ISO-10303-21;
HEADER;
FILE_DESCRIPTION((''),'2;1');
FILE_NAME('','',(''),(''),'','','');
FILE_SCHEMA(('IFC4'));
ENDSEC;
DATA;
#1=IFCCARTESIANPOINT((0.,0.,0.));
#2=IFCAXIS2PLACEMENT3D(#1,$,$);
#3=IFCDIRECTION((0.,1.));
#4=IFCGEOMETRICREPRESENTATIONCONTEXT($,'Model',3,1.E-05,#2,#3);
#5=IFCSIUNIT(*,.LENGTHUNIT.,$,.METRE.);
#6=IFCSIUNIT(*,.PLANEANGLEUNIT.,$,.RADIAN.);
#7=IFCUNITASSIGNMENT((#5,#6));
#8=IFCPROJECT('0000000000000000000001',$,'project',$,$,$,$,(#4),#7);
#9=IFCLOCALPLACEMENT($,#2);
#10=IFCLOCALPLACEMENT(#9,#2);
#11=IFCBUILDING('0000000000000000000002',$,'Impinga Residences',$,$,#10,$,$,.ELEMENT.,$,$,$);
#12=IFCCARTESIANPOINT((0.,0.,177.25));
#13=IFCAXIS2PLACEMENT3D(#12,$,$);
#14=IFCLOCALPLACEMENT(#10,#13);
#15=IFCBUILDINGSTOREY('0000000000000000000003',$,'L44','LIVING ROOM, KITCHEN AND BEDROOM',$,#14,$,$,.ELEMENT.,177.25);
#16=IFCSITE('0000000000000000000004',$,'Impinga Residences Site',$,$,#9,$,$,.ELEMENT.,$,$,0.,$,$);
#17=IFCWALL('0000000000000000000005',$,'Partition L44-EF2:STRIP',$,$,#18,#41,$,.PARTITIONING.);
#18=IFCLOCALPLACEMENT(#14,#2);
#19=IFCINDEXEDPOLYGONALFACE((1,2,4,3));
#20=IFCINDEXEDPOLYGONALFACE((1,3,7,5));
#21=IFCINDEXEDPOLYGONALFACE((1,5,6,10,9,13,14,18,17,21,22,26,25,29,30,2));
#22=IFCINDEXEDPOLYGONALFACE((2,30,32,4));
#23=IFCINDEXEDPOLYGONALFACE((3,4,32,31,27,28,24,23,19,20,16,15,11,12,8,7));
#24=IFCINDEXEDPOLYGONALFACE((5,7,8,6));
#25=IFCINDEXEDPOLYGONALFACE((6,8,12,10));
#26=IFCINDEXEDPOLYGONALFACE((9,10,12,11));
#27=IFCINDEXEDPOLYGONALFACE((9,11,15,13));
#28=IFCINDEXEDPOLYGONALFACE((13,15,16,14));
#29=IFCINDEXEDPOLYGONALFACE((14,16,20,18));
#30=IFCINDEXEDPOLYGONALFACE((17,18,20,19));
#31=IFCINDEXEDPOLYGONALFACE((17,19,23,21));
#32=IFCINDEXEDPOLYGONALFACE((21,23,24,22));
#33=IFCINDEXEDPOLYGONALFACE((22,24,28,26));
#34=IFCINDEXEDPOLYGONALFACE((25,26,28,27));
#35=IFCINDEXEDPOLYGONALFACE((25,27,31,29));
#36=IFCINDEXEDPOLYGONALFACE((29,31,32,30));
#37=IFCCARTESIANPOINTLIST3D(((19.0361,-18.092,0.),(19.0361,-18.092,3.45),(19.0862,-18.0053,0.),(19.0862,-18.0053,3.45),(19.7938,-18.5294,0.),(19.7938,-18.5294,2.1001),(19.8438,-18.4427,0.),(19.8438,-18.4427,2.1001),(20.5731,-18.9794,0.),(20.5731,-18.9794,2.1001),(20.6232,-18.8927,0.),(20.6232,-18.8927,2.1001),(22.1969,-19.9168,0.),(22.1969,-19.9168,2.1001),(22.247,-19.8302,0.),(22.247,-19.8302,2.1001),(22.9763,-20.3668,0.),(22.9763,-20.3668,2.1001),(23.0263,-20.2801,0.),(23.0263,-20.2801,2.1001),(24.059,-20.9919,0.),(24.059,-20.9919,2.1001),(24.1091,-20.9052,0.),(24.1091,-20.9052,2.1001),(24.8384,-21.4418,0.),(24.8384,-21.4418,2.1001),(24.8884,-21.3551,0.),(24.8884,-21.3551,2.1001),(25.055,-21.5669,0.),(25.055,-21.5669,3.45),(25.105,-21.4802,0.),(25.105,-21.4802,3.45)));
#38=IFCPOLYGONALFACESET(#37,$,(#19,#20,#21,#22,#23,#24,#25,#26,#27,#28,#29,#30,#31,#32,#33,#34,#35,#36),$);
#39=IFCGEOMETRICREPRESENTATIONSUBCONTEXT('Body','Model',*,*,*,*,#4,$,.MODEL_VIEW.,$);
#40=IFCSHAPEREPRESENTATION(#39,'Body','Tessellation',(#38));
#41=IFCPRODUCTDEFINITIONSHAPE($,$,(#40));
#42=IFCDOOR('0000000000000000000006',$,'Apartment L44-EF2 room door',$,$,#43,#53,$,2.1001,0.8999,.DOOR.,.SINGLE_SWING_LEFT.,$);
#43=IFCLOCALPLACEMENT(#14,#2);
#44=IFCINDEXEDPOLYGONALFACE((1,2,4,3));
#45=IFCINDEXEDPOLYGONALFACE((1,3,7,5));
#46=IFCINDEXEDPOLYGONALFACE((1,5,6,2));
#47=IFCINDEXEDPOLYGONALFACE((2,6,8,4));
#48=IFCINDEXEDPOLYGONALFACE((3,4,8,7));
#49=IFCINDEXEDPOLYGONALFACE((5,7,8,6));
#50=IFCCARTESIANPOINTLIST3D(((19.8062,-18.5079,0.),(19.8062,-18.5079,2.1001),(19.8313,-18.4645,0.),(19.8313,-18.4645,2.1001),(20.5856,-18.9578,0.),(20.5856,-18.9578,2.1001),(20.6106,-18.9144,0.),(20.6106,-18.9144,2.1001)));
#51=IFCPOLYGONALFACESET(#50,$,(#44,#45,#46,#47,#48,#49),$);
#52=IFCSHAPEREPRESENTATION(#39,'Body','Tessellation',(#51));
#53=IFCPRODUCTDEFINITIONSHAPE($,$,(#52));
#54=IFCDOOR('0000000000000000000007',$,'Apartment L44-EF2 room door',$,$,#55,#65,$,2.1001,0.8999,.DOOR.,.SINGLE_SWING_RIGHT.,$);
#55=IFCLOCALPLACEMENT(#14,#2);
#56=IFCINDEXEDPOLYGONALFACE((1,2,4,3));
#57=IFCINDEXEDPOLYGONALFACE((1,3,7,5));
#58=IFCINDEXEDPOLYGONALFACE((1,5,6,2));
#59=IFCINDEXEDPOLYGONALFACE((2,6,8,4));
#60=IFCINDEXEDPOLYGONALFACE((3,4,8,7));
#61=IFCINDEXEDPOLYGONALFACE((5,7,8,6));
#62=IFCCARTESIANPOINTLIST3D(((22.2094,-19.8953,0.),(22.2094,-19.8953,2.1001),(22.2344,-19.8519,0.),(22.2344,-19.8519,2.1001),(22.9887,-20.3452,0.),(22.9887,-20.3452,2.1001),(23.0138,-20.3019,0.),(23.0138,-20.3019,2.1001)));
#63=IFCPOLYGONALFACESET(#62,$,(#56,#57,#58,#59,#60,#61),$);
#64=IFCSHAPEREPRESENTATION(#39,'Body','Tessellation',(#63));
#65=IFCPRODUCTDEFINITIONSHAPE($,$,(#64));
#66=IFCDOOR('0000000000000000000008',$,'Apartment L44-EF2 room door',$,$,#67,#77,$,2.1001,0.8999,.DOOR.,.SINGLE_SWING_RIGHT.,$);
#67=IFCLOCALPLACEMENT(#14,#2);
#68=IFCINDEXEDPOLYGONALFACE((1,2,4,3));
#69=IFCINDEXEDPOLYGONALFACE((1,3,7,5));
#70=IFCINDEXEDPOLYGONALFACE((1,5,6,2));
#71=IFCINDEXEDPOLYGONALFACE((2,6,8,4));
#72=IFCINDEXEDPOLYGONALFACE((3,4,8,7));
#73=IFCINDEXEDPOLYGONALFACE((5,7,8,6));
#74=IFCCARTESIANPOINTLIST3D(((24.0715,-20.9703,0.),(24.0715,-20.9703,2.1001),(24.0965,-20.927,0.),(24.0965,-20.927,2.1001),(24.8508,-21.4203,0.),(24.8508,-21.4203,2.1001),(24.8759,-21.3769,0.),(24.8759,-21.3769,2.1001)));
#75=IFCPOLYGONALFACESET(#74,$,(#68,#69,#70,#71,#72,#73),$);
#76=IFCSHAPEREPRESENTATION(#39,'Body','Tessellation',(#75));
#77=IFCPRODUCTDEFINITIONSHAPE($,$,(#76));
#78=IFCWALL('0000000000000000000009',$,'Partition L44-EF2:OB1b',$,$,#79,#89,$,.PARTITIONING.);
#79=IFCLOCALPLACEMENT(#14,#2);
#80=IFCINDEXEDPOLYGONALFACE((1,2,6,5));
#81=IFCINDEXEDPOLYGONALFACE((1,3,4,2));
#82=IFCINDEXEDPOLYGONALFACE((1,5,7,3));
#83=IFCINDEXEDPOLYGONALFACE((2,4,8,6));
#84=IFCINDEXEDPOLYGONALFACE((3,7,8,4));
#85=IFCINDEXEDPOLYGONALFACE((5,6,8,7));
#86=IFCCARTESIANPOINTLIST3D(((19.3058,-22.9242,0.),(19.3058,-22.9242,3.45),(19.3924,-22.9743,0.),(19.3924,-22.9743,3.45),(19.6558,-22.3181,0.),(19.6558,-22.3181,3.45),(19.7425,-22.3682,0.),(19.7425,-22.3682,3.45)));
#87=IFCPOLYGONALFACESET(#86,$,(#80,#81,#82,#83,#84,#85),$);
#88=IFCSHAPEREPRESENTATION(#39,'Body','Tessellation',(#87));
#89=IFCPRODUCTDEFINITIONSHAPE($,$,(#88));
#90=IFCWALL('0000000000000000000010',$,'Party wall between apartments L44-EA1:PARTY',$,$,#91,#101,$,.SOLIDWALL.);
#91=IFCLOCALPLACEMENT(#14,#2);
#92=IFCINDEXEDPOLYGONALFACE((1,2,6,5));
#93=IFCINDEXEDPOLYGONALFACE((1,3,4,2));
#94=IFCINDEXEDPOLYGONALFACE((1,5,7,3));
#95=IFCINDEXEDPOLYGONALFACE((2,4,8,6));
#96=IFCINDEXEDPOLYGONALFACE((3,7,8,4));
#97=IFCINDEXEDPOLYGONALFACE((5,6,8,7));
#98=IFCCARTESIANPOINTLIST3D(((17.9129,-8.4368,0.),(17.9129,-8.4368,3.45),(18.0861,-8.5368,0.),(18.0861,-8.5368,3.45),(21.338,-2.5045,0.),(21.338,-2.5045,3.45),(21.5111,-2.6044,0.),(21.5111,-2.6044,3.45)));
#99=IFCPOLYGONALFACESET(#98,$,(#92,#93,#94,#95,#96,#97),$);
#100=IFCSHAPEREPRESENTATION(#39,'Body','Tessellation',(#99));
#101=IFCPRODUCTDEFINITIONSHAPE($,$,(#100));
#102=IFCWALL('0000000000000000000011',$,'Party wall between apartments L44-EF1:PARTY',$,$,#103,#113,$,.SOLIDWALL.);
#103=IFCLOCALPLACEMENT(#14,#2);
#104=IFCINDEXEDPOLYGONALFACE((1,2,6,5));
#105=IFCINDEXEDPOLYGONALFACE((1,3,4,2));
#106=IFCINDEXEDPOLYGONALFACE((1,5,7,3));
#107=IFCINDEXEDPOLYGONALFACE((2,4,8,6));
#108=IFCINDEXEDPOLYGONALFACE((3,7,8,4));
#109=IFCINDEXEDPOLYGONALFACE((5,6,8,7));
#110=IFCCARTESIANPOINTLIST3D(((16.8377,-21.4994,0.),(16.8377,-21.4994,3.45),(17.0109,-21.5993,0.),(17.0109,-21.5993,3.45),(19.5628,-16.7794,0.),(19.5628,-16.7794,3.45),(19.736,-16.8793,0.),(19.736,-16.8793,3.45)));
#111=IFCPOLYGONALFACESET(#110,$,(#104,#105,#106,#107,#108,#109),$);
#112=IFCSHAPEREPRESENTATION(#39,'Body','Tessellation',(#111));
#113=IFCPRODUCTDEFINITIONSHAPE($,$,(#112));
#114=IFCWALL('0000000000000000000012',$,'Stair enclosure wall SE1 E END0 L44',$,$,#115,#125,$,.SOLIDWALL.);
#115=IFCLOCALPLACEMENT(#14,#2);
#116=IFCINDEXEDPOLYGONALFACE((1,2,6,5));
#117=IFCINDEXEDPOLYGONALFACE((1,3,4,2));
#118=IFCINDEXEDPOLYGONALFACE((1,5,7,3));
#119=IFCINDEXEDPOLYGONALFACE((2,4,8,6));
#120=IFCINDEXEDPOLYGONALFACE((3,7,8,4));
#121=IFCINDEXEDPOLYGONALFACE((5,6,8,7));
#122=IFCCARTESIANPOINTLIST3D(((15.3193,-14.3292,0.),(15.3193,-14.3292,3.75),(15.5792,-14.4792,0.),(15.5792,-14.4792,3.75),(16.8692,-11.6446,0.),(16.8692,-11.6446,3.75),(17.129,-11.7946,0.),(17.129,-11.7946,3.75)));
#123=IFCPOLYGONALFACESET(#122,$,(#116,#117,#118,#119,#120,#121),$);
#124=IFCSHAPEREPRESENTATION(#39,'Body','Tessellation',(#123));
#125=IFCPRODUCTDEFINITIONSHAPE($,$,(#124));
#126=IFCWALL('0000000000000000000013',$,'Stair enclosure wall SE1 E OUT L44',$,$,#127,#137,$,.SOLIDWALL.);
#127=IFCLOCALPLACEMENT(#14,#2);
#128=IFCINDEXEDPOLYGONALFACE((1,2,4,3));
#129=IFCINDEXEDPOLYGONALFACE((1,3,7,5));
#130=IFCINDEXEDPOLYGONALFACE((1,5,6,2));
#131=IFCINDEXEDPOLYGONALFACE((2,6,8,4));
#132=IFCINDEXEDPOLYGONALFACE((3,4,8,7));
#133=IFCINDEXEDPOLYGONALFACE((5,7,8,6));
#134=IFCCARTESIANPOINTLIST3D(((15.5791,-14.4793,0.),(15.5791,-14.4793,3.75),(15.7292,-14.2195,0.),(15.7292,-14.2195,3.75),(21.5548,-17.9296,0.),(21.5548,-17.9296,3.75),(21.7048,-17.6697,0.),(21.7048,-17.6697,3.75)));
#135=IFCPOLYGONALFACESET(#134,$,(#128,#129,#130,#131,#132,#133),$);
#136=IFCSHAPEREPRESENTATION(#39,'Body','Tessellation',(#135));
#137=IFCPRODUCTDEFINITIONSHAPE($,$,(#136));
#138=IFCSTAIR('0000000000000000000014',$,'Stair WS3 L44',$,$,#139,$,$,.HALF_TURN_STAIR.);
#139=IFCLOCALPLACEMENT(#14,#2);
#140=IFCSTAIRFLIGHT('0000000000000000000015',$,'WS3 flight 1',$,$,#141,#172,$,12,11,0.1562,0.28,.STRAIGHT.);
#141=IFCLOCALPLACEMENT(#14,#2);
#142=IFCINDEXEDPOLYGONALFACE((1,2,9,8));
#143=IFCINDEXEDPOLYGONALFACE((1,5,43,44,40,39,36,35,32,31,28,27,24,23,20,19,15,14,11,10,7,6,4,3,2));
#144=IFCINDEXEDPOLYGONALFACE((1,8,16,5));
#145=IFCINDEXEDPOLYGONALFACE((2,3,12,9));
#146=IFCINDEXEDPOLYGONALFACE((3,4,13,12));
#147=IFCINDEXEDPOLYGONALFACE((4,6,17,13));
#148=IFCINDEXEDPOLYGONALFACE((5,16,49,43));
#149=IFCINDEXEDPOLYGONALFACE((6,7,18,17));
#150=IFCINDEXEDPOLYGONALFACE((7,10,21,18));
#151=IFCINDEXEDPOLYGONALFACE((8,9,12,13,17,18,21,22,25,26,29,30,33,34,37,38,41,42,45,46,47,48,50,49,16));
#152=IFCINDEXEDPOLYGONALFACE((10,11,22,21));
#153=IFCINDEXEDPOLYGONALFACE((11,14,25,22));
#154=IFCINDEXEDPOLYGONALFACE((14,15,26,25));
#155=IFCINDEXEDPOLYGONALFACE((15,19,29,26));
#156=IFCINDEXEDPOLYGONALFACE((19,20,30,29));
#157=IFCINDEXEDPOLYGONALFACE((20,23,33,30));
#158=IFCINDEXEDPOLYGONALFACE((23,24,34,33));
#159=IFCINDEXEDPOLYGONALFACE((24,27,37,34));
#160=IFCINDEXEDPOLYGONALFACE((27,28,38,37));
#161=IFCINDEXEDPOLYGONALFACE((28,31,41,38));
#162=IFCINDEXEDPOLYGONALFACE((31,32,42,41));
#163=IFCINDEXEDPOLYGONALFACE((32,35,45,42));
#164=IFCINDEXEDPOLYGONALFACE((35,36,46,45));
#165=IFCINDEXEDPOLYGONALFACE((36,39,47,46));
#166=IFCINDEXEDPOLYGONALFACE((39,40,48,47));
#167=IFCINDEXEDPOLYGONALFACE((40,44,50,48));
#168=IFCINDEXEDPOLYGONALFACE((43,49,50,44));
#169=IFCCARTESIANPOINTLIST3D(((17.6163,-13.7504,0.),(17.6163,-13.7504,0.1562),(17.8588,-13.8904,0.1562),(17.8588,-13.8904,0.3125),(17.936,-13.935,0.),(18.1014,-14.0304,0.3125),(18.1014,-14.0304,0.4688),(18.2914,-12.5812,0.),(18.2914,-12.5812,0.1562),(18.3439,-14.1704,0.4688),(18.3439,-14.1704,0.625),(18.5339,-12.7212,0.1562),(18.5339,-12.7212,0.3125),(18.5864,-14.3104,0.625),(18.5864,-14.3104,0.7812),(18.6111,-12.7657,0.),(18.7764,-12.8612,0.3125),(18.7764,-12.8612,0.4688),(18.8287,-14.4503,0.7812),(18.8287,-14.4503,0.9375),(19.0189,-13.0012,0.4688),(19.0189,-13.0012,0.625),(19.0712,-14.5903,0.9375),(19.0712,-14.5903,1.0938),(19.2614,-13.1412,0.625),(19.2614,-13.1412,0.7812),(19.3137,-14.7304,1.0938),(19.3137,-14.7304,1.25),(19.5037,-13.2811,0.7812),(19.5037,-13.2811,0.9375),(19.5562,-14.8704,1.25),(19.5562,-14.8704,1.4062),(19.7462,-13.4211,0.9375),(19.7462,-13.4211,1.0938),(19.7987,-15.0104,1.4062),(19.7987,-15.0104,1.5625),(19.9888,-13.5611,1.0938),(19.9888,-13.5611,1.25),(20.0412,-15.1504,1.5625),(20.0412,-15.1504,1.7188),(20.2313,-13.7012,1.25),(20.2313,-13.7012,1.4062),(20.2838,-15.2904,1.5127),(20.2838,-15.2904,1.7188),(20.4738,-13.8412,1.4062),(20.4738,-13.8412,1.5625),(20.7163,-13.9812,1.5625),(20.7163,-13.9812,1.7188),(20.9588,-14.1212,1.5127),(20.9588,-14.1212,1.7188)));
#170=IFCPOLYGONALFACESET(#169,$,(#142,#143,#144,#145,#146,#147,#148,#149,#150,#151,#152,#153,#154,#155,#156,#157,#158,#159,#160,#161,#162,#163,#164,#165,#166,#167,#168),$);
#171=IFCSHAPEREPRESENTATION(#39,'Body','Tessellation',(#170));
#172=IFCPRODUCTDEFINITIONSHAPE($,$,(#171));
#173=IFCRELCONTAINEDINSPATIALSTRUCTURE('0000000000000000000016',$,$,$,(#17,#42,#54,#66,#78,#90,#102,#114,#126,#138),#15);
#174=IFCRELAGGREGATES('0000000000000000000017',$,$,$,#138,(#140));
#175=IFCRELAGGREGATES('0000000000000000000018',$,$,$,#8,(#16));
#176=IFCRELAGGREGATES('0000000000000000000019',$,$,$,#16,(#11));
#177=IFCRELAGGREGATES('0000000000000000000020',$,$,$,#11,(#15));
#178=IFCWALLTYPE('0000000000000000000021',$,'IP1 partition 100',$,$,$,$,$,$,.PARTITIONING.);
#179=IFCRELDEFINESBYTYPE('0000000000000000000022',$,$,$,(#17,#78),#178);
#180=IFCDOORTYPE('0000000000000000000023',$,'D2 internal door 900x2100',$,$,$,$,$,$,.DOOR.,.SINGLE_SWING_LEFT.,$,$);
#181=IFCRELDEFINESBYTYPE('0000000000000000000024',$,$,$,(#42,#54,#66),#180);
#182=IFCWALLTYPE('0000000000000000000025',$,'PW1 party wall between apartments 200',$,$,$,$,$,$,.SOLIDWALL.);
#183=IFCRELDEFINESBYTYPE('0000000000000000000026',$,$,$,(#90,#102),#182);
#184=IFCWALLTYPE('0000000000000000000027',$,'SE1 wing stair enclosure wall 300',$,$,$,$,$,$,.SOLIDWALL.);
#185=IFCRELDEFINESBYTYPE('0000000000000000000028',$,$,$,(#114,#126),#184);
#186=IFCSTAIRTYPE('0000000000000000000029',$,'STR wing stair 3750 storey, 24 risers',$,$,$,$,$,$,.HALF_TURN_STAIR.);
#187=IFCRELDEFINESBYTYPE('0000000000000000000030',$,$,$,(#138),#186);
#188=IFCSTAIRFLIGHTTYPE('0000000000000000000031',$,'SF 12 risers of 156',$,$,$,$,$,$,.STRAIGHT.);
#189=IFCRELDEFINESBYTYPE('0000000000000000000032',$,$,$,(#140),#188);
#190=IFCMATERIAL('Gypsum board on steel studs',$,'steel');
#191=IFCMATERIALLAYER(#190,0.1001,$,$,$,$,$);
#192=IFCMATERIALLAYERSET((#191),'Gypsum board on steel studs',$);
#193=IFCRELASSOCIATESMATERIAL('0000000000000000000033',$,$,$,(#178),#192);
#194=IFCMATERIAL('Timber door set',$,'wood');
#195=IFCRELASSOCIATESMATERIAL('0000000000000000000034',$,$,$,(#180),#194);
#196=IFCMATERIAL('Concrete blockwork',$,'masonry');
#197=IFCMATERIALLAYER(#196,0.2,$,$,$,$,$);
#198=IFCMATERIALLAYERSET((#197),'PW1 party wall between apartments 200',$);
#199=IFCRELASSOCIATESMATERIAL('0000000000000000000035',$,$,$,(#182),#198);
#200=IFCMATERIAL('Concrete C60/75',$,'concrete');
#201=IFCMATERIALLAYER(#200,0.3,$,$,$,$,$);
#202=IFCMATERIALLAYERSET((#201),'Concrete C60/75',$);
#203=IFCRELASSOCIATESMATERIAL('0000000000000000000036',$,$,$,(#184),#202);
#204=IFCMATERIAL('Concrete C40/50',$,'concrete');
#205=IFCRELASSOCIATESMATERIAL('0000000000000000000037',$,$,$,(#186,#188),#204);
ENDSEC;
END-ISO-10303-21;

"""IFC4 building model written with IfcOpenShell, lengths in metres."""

from ifc_helpers import new_model, si_unit, direction, frame, frame_2d, origin, place, context, subcontext, project, spatial, polyline, rectangle, outline, extrude, material, layer, layer_set, type_object, element, fill, aggregate, save


model = new_model("IFC4")

# Units and contexts
model_context = context("Model", 3, precision=1e-05, world=origin(), true_north=direction((0.0, 1.0)))
body_context = subcontext(model_context, "Body", "Model", "MODEL_VIEW")
ifc_project = project(units=[si_unit("LENGTHUNIT", "METRE"), si_unit("PLANEANGLEUNIT", "RADIAN")], contexts=[model_context])

# Site, building, storey
site_placement = place(None, origin())
site = spatial("IfcSite", under=ifc_project, at=site_placement, Name="Impinga Residences Site", CompositionType="ELEMENT", RefElevation=0.0)
building_placement = place(site_placement, origin())
building = spatial("IfcBuilding", under=site, at=building_placement, Name="Impinga Residences", CompositionType="ELEMENT")
storey_placement = place(building_placement, frame((0.0, 0.0, 177.25)))
storey = spatial("IfcBuildingStorey", under=building, at=storey_placement, Name="L44", Description="LIVING ROOM, KITCHEN AND BEDROOM", CompositionType="ELEMENT", Elevation=177.25)

# Shared definitions
ifc_material_1 = material(Name="Concrete C60/75", Category="concrete")

# Shared definitions
ifc_material_2 = material(Name="Gypsum board on steel studs", Category="steel")
ifc_layer_1 = layer(ifc_material_2, 0.1001)
ifc_layer_set_1 = layer_set([ifc_layer_1], Name="Gypsum board on steel studs")
wall_type_1 = type_object("IfcWallType", Name="IP1 partition 100", PredefinedType="PARTITIONING", material=ifc_layer_set_1)

# Shared definitions
ifc_material_3 = material(Name="Timber door set", Category="wood")
door_type = type_object("IfcDoorType", Name="D2 internal door 900x2100", OperationType="SINGLE_SWING_LEFT", PredefinedType="DOOR", material=ifc_material_3)

# Wall, openings, doors
wall_1_placement = place(storey_placement, frame((19.061, -18.0486, 0.0), z_axis=(0.0, 0.0, 1.0), x_axis=(0.866032, -0.499989, 0.0)))
wall_1 = element("IfcWall", 1, at=wall_1_placement, inside=storey, type_object=wall_type_1, Name="Partition L44-EF2:STRIP", PredefinedType="PARTITIONING", context=body_context, shape_type="SweptSolid", body=[
    extrude(rectangle(XDim=6.95, YDim=0.1001, at=frame_2d((3.4751, 0.0))), origin(), (0.0, 0.0, 1.0), 3.45),
])
opening_1_placement = place(wall_1_placement, frame((0.875, 0.0, 0.0)))
opening_1 = element("IfcOpeningElement", 2, at=opening_1_placement, cuts=wall_1, PredefinedType="OPENING", context=body_context, shape_type="SweptSolid", body=[
    extrude(rectangle(XDim=0.8999, YDim=2.1001, at=frame_2d((0.45, 1.05))), frame((0.0, 0.0601, 0.0), z_axis=(0.0, -1.0, 0.0), x_axis=(1.0, 0.0, 0.0)), (0.0, 0.0, 1.0), 0.1201),
])
opening_2_placement = place(wall_1_placement, frame((3.6499, 0.0, 0.0)))
opening_2 = element("IfcOpeningElement", 3, at=opening_2_placement, cuts=wall_1, PredefinedType="OPENING", context=body_context, shape_type="SweptSolid", body=[
    extrude(rectangle(XDim=0.8999, YDim=2.1001, at=frame_2d((0.45, 1.05))), frame((0.0, 0.0601, 0.0), z_axis=(0.0, -1.0, 0.0), x_axis=(1.0, 0.0, 0.0)), (0.0, 0.0, 1.0), 0.1201),
])
opening_3_placement = place(wall_1_placement, frame((5.8, 0.0, 0.0)))
opening_3 = element("IfcOpeningElement", 4, at=opening_3_placement, cuts=wall_1, PredefinedType="OPENING", context=body_context, shape_type="SweptSolid", body=[
    extrude(rectangle(XDim=0.8999, YDim=2.1001, at=frame_2d((0.45, 1.05))), frame((0.0, 0.0601, 0.0), z_axis=(0.0, -1.0, 0.0), x_axis=(1.0, 0.0, 0.0)), (0.0, 0.0, 1.0), 0.1201),
])
door_1_placement = place(opening_1_placement, origin())
door_1 = element("IfcDoor", 5, at=door_1_placement, inside=storey, type_object=door_type, Name="Apartment L44-EF2 room door", OperationType="SINGLE_SWING_LEFT", OverallHeight=2.1001, OverallWidth=0.8999, PredefinedType="DOOR", context=body_context, shape_type="SweptSolid", body=[
    extrude(rectangle(XDim=0.8999, YDim=2.1001, at=frame_2d((0.45, 1.05))), frame((0.0, 0.0249, 0.0), z_axis=(0.0, -1.0, 0.0), x_axis=(1.0, 0.0, 0.0)), (0.0, 0.0, 1.0), 0.05),
])
fill(opening_1, door_1)
door_2_placement = place(opening_2_placement, origin())
door_2 = element("IfcDoor", 6, at=door_2_placement, inside=storey, type_object=door_type, Name="Apartment L44-EF2 room door", OperationType="SINGLE_SWING_RIGHT", OverallHeight=2.1001, OverallWidth=0.8999, PredefinedType="DOOR", context=body_context, shape_type="SweptSolid", body=[
    extrude(rectangle(XDim=0.8999, YDim=2.1001, at=frame_2d((0.45, 1.05))), frame((0.0, 0.0249, 0.0), z_axis=(0.0, -1.0, 0.0), x_axis=(1.0, 0.0, 0.0)), (0.0, 0.0, 1.0), 0.05),
])
fill(opening_2, door_2)
door_3_placement = place(opening_3_placement, origin())
door_3 = element("IfcDoor", 7, at=door_3_placement, inside=storey, type_object=door_type, Name="Apartment L44-EF2 room door", OperationType="SINGLE_SWING_RIGHT", OverallHeight=2.1001, OverallWidth=0.8999, PredefinedType="DOOR", context=body_context, shape_type="SweptSolid", body=[
    extrude(rectangle(XDim=0.8999, YDim=2.1001, at=frame_2d((0.45, 1.05))), frame((0.0, 0.0249, 0.0), z_axis=(0.0, -1.0, 0.0), x_axis=(1.0, 0.0, 0.0)), (0.0, 0.0, 1.0), 0.05),
])
fill(opening_3, door_3)

# Walls
wall_2_placement = place(storey_placement, frame((19.6992, -22.343, 0.0), z_axis=(0.0, 0.0, 1.0), x_axis=(-0.500115, -0.865959, 0.0)))
element("IfcWall", 8, at=wall_2_placement, inside=storey, type_object=wall_type_1, Name="Partition L44-EF2:OB1b", PredefinedType="PARTITIONING", context=body_context, shape_type="SweptSolid", body=[
    extrude(rectangle(XDim=0.7, YDim=0.1001, at=frame_2d((0.3501, 0.0))), origin(), (0.0, 0.0, 1.0), 3.45),
])
ifc_material_4 = material(Name="Concrete blockwork", Category="masonry")
ifc_layer_2 = layer(ifc_material_4, 0.2)
ifc_layer_set_2 = layer_set([ifc_layer_2], Name="PW1 party wall between apartments 200")
wall_type_2 = type_object("IfcWallType", Name="PW1 party wall between apartments 200", PredefinedType="SOLIDWALL", material=ifc_layer_set_2)
wall_3_placement = place(storey_placement, frame((17.9995, -8.4868, 0.0), z_axis=(0.0, 0.0, 1.0), x_axis=(0.499999, 0.866026, 0.0)))
element("IfcWall", 9, at=wall_3_placement, inside=storey, type_object=wall_type_2, Name="Party wall between apartments L44-EA1:PARTY", PredefinedType="SOLIDWALL", context=body_context, shape_type="SweptSolid", body=[
    extrude(rectangle(XDim=6.8501, YDim=0.2, at=frame_2d((3.425, 0.0))), origin(), (0.0, 0.0, 1.0), 3.45),
])
wall_4_placement = place(storey_placement, frame((19.6494, -16.8293, 0.0), z_axis=(0.0, 0.0, 1.0), x_axis=(-0.500003, -0.866024, 0.0)))
element("IfcWall", 10, at=wall_4_placement, inside=storey, type_object=wall_type_2, Name="Party wall between apartments L44-EF1:PARTY", PredefinedType="SOLIDWALL", context=body_context, shape_type="SweptSolid", body=[
    extrude(rectangle(XDim=5.4502, YDim=0.2, at=frame_2d((2.7251, 0.0))), origin(), (0.0, 0.0, 1.0), 3.45),
])
ifc_layer_3 = layer(ifc_material_1, 0.3)
ifc_layer_set_3 = layer_set([ifc_layer_3], Name="Concrete C60/75")
wall_type_3 = type_object("IfcWallType", Name="SE1 wing stair enclosure wall 300", PredefinedType="SOLIDWALL", material=ifc_layer_set_3)
wall_5_placement = place(storey_placement, frame((16.999, -11.7197, 0.0), z_axis=(0.0, 0.0, 1.0), x_axis=(-0.499968, -0.866044, 0.0)))
element("IfcWall", 11, at=wall_5_placement, inside=storey, type_object=wall_type_3, Name="Stair enclosure wall SE1 E END0 L44", PredefinedType="SOLIDWALL", context=body_context, shape_type="SweptSolid", body=[
    extrude(rectangle(XDim=3.0999, YDim=0.3, at=frame_2d((1.5498, 0.0))), origin(), (0.0, 0.0, 1.0), 3.75),
])
wall_6_placement = place(storey_placement, frame((15.6541, -14.3494, 0.0), z_axis=(0.0, 0.0, 1.0), x_axis=(0.866014, -0.500021, 0.0)))
element("IfcWall", 12, at=wall_6_placement, inside=storey, type_object=wall_type_3, Name="Stair enclosure wall SE1 E OUT L44", PredefinedType="SOLIDWALL", context=body_context, shape_type="SweptSolid", body=[
    extrude(rectangle(XDim=6.9001, YDim=0.3, at=frame_2d((3.4502, 0.0))), origin(), (0.0, 0.0, 1.0), 3.75),
])

# Stair, stair flight
ifc_material_5 = material(Name="Concrete C40/50", Category="concrete")
stair_type = type_object("IfcStairType", Name="STR wing stair 3750 storey, 24 risers", PredefinedType="HALF_TURN_STAIR", material=ifc_material_5)
stair_placement = place(storey_placement, origin())
stair = element("IfcStair", 13, at=stair_placement, inside=storey, type_object=stair_type, Name="Stair WS3 L44", PredefinedType="HALF_TURN_STAIR")
stair_flight_type = type_object("IfcStairFlightType", Name="SF 12 risers of 156", PredefinedType="STRAIGHT", material=ifc_material_5)
stair_flight_1_placement = place(storey_placement, frame((17.9539, -13.1658, 0.0), z_axis=(0.0, 0.0, 1.0), x_axis=(0.866025, -0.5, 0.0)))
stair_flight_1 = element("IfcStairFlight", 14, at=stair_flight_1_placement, type_object=stair_flight_type, Name="WS3 flight 1", NumberOfRisers=12, NumberOfTreads=11, PredefinedType="STRAIGHT", RiserHeight=0.1562, TreadLength=0.28, context=body_context, shape_type="SweptSolid", body=[
    extrude(outline(polyline([(0.0, 0.0), (0.0, 0.1562), (0.28, 0.1562), (0.28, 0.3125), (0.5601, 0.3125), (0.5601, 0.4688), (0.8401, 0.4688), (0.8401, 0.625), (1.1201, 0.625), (1.1201, 0.7812), (1.3999, 0.7812), (1.3999, 0.9375), (1.6799, 0.9375), (1.6799, 1.0938), (1.96, 1.0938), (1.96, 1.25), (2.24, 1.25), (2.24, 1.4062), (2.52, 1.4062), (2.52, 1.5625), (2.8, 1.5625), (2.8, 1.7188), (3.0801, 1.7188), (3.0801, 1.875), (3.0801, 1.5127), (0.3691, 0.0), (0.0, 0.0)])), frame((0.0, 0.675, 0.0), z_axis=(0.0, -1.0, 0.0), x_axis=(1.0, 0.0, 0.0)), (0.0, 0.0, 1.0), 1.3501),
])
aggregate(stair, [stair_flight_1])

save(model, "model.ifc")
